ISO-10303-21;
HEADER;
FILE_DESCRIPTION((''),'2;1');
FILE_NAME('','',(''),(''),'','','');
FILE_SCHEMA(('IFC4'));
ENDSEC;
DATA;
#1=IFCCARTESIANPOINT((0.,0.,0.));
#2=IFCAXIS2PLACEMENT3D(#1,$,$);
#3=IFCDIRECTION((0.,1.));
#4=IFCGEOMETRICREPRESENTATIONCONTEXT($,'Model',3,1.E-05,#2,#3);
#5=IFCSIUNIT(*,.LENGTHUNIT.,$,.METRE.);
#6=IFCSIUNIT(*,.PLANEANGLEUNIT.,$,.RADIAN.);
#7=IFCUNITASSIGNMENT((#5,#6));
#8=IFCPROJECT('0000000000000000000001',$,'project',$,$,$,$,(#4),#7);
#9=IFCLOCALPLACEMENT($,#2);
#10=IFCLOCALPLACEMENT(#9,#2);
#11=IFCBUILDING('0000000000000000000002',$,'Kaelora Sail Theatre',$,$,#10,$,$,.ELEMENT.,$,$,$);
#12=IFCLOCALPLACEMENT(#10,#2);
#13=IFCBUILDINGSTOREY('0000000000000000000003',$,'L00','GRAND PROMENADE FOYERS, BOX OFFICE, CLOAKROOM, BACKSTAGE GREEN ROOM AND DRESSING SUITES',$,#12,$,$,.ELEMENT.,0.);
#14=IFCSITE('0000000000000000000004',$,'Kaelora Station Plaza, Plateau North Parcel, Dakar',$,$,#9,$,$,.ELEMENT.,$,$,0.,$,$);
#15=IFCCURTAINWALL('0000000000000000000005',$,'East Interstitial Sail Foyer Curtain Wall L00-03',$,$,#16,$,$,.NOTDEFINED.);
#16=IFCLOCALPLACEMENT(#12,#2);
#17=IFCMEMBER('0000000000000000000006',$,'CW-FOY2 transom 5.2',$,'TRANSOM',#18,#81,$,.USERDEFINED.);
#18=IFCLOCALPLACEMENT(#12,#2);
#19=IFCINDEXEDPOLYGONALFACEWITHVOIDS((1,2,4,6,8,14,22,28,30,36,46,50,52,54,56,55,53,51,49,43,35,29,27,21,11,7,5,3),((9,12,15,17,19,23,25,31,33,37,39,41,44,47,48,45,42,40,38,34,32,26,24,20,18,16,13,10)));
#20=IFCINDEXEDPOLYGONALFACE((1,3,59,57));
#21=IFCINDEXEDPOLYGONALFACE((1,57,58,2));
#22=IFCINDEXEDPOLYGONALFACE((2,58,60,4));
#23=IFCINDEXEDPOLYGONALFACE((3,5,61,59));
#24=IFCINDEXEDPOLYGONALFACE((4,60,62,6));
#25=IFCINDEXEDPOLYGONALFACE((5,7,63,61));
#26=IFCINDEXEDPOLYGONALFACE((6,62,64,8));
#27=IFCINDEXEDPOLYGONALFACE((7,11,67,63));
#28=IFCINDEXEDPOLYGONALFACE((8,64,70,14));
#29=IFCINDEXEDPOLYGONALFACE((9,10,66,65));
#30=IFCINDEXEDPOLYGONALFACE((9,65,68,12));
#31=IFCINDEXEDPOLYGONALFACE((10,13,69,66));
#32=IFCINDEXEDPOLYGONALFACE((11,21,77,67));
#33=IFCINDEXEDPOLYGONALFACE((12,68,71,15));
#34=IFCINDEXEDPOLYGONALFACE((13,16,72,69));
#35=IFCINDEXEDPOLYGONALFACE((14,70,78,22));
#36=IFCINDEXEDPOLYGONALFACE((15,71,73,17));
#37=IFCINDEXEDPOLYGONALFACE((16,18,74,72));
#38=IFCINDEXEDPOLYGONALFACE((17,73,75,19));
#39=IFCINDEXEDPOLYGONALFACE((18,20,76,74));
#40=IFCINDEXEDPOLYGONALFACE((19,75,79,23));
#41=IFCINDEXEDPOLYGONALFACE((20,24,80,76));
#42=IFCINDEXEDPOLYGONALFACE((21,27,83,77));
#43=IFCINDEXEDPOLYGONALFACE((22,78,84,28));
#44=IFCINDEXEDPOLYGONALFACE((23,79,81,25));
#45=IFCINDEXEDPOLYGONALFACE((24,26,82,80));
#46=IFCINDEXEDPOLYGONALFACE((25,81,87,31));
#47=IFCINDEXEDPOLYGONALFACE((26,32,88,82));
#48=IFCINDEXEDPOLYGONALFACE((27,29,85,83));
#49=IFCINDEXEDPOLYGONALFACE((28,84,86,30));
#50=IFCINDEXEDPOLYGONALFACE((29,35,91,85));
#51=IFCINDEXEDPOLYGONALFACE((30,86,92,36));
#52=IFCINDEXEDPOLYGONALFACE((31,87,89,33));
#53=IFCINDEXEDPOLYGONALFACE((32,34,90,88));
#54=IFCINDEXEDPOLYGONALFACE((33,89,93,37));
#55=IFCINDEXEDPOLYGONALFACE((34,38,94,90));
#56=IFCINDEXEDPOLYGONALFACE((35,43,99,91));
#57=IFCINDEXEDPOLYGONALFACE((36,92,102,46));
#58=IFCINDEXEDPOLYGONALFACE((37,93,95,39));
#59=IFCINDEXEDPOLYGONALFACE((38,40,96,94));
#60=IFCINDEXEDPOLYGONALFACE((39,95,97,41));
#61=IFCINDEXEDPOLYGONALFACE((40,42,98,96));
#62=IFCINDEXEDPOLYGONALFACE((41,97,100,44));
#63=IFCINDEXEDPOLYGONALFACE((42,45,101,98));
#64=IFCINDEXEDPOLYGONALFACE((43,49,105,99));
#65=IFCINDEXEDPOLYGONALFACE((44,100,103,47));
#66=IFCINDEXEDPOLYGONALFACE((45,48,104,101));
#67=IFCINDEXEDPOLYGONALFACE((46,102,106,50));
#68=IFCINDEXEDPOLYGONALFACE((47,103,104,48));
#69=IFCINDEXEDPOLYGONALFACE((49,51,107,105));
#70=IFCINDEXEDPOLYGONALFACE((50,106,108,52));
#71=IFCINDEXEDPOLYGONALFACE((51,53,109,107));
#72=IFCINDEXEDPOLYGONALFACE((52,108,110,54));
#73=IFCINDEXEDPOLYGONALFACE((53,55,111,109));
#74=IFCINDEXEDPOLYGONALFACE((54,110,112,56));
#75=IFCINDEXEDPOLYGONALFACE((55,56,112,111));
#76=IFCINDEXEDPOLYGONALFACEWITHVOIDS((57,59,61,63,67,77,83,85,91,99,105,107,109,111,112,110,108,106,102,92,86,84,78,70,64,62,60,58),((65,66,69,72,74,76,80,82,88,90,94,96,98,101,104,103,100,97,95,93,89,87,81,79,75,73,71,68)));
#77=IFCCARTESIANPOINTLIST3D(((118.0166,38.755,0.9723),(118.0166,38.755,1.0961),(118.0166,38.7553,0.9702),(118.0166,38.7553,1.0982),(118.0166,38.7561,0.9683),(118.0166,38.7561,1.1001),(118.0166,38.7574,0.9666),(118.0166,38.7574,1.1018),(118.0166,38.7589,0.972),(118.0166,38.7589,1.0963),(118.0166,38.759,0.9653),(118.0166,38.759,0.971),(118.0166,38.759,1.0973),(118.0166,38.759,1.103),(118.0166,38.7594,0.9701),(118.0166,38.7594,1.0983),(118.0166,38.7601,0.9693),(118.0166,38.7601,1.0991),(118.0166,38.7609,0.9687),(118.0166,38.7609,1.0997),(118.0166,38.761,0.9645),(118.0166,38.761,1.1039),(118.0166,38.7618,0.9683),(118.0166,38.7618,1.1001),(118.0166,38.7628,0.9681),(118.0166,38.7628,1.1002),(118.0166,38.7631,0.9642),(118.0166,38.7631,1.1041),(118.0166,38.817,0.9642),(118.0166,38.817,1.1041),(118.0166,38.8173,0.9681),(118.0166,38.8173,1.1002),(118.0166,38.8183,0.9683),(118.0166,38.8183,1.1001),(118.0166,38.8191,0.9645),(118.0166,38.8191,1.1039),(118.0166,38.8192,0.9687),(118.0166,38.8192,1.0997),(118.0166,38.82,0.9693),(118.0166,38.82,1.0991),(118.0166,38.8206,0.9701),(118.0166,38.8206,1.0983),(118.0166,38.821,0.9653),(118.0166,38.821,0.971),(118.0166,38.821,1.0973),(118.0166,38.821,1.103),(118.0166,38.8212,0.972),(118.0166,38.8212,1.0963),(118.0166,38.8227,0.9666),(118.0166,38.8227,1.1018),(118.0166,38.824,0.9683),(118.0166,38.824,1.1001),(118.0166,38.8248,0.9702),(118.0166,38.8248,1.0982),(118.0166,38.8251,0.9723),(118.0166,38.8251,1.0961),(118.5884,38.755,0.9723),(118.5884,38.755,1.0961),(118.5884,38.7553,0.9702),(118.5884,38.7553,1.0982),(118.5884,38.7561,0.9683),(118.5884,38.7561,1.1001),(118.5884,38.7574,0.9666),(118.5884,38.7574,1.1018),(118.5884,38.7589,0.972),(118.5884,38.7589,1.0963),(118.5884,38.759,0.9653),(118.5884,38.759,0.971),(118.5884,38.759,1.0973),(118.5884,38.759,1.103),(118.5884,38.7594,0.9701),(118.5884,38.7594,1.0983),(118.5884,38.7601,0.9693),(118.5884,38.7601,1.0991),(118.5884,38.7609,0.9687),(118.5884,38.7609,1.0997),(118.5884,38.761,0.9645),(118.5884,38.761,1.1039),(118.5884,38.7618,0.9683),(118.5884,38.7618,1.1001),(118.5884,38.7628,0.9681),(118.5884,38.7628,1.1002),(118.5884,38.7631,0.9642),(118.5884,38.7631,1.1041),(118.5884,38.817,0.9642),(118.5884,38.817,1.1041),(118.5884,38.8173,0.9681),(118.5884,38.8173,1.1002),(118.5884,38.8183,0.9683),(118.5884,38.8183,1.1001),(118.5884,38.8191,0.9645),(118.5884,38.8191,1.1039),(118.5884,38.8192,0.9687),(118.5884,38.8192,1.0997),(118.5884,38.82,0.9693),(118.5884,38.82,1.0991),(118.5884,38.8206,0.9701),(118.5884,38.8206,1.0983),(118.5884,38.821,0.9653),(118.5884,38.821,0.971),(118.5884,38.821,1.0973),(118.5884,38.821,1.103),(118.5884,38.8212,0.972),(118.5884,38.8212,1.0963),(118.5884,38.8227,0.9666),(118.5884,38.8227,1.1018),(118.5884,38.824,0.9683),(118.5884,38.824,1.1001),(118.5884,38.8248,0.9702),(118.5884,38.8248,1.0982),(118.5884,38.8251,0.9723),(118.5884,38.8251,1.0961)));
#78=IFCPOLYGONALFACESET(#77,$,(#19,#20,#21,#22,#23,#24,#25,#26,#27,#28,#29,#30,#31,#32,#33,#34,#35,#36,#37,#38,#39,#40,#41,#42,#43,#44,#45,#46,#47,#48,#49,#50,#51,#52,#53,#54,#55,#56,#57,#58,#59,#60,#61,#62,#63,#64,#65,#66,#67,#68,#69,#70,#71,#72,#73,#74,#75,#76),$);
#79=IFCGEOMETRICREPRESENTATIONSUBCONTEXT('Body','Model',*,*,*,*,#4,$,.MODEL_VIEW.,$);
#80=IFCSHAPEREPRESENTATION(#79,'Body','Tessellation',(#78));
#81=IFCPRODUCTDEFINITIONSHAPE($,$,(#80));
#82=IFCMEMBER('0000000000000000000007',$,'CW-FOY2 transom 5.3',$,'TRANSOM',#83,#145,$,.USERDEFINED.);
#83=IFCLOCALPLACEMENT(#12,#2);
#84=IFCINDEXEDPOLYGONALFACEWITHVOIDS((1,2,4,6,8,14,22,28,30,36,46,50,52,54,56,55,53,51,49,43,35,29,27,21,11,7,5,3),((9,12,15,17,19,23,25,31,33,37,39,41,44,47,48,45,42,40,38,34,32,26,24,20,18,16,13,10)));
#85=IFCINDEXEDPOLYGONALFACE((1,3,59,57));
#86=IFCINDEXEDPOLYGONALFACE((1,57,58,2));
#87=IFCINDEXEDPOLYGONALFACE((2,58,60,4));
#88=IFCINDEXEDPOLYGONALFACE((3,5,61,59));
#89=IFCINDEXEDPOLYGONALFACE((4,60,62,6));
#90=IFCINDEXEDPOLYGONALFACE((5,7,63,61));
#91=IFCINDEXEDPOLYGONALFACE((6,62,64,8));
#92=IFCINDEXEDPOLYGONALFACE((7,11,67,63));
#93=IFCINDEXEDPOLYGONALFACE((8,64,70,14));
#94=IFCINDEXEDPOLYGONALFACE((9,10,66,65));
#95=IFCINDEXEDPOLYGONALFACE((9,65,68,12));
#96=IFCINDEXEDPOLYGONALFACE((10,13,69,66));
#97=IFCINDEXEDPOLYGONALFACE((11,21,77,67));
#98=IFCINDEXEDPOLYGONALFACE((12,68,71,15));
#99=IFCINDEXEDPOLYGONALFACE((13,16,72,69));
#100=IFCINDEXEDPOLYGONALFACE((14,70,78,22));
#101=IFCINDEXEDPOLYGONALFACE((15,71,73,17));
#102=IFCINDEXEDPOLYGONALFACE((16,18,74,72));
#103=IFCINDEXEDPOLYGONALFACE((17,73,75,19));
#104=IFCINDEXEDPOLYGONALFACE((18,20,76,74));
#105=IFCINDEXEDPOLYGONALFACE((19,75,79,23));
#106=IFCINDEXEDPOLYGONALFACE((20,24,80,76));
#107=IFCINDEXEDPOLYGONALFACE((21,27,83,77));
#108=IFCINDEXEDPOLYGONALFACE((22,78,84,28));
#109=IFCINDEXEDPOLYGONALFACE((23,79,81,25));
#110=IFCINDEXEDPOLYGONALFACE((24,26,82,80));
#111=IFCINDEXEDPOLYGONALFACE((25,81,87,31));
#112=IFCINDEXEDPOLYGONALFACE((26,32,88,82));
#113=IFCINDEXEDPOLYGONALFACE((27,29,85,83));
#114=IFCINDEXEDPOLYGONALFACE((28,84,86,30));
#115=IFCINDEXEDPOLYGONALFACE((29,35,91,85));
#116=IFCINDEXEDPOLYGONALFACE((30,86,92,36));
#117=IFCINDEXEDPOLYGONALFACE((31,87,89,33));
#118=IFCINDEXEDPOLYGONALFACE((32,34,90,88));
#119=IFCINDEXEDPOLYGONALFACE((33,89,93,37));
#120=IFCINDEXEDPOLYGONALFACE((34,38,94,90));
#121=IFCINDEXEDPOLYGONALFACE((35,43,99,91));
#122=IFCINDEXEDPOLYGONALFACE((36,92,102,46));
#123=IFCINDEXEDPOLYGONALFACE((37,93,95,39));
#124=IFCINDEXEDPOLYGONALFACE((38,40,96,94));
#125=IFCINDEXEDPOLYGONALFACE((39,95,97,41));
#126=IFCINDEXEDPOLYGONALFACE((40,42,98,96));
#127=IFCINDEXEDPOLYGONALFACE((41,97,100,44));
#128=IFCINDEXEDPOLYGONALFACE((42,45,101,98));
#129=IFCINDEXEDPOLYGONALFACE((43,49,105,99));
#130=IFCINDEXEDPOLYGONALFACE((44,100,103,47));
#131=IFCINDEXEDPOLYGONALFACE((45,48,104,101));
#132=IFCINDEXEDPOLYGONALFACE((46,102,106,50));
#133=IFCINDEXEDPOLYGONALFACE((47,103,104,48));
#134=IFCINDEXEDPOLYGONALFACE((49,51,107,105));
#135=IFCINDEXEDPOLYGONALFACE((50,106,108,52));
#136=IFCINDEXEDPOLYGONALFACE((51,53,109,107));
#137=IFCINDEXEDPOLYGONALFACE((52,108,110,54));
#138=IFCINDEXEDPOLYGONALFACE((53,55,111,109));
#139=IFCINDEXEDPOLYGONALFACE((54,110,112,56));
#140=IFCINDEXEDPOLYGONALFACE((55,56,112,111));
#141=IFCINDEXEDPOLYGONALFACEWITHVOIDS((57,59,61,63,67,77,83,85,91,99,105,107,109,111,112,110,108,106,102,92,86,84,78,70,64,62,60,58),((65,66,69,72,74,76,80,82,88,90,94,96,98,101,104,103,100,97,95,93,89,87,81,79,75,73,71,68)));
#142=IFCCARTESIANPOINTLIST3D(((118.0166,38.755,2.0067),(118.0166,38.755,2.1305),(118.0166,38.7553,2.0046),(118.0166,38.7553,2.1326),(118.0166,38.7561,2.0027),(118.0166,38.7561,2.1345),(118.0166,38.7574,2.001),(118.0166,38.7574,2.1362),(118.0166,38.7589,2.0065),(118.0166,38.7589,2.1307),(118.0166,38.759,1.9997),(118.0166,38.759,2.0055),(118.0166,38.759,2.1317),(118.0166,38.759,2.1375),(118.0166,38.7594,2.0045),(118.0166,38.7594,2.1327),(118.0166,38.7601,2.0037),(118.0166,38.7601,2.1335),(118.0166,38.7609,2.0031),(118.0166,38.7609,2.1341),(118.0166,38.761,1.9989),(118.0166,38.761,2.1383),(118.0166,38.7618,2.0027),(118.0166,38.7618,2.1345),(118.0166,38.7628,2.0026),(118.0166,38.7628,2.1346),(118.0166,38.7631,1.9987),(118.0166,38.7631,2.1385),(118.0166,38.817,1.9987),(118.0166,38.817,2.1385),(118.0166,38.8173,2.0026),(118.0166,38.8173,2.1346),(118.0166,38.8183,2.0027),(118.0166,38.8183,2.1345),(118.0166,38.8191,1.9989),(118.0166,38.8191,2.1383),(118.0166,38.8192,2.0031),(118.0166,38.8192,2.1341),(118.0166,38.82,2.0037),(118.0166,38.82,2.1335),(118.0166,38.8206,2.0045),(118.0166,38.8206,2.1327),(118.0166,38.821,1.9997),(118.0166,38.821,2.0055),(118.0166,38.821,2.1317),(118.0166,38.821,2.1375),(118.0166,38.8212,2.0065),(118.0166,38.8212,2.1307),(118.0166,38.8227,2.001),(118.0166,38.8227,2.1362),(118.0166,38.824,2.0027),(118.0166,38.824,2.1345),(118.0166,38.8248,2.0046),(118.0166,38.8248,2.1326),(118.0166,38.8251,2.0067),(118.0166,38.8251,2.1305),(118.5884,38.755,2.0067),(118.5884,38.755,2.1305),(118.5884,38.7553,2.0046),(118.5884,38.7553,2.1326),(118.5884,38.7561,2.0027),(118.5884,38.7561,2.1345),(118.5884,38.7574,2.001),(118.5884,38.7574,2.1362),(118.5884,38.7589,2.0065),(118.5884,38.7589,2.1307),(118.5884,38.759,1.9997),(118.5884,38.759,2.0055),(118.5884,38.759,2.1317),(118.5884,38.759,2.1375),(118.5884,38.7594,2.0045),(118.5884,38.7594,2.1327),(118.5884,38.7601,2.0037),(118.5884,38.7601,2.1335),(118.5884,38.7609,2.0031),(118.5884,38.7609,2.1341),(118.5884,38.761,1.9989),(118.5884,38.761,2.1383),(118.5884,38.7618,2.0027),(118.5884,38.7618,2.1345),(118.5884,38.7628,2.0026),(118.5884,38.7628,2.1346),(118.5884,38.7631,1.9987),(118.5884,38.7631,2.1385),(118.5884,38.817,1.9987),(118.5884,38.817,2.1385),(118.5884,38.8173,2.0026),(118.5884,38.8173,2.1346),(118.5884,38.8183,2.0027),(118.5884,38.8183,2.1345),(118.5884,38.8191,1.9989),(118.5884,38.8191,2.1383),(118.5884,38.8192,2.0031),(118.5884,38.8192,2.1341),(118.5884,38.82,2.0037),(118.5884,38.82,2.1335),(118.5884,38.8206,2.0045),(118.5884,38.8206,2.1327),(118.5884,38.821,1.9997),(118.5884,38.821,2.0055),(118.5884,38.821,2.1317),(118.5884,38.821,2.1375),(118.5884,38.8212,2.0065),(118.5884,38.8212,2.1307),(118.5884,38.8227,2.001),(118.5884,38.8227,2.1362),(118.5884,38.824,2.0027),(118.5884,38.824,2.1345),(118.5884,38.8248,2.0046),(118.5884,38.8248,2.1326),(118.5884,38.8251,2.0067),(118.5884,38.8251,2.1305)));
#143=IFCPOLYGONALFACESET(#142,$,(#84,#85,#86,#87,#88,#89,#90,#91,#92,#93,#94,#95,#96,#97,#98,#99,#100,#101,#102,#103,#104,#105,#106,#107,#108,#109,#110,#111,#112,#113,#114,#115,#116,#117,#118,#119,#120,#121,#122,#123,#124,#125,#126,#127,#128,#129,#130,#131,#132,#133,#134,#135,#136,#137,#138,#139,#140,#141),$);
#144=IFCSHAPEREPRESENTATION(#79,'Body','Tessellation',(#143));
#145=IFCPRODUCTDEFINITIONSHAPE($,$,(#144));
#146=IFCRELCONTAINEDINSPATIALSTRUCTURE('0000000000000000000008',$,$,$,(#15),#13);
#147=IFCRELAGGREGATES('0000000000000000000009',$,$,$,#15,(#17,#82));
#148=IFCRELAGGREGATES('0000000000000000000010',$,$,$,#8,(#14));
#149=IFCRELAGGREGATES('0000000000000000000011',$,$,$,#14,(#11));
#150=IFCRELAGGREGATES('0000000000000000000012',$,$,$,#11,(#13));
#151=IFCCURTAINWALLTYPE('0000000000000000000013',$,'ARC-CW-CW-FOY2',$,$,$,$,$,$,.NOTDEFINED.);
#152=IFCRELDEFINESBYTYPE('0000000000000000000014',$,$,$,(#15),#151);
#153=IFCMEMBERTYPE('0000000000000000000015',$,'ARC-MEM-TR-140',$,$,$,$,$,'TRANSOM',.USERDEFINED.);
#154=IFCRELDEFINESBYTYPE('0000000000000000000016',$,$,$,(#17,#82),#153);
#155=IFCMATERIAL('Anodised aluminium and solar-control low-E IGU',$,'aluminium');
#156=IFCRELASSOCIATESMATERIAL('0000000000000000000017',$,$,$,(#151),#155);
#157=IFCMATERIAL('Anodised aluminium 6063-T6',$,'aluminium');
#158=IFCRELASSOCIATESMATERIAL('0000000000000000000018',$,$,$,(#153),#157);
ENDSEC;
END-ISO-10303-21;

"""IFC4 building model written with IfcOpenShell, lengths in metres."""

from ifc_helpers import new_model, si_unit, direction, frame, origin, origin_2d, place, context, subcontext, project, spatial, hollow_rectangle, extrude, material, material_profile, profile_set, type_object, element, aggregate, save


model = new_model("IFC4")

# Units and contexts
model_context = context("Model", 3, precision=1e-05, world=origin(), true_north=direction((0.0, 1.0)))
body_context = subcontext(model_context, "Body", "Model", "MODEL_VIEW")
ifc_project = project(units=[si_unit("LENGTHUNIT", "METRE"), si_unit("PLANEANGLEUNIT", "RADIAN")], contexts=[model_context])

# Site, building, storey
site_placement = place(None, origin())
site = spatial("IfcSite", under=ifc_project, at=site_placement, Name="Kaelora Station Plaza, Plateau North Parcel, Dakar", CompositionType="ELEMENT", RefElevation=0.0)
building_placement = place(site_placement, origin())
building = spatial("IfcBuilding", under=site, at=building_placement, Name="Kaelora Sail Theatre", CompositionType="ELEMENT")
storey_placement = place(building_placement, origin())
storey = spatial("IfcBuildingStorey", under=building, at=storey_placement, Name="L00", Description="GRAND PROMENADE FOYERS, BOX OFFICE, CLOAKROOM, BACKSTAGE GREEN ROOM AND DRESSING SUITES", CompositionType="ELEMENT", Elevation=0.0)

# Curtain wall, members
ifc_material_1 = material(Name="Anodised aluminium and solar-control low-E IGU", Category="aluminium")
curtain_wall_type = type_object("IfcCurtainWallType", Name="ARC-CW-CW-FOY2", PredefinedType="NOTDEFINED", material=ifc_material_1)
curtain_wall_placement = place(storey_placement, origin())
curtain_wall = element("IfcCurtainWall", 1, at=curtain_wall_placement, inside=storey, type_object=curtain_wall_type, Name="East Interstitial Sail Foyer Curtain Wall L00-03", PredefinedType="NOTDEFINED")
ifc_material_2 = material(Name="Anodised aluminium 6063-T6", Category="aluminium")
ifc_material_profile_1 = material_profile(ifc_material_2, hollow_rectangle(XDim=0.0701, YDim=0.1399, WallThickness=0.0039, InnerFilletRadius=0.0039, OuterFilletRadius=0.0081, at=origin_2d()), Name="ALU-TRAN 70x140x4")
ifc_profile_set_1 = profile_set([ifc_material_profile_1], Name="Anodised aluminium 6063-T6")
member_type_1 = type_object("IfcMemberType", Name="ARC-MEM-TR-140", ElementType="TRANSOM", PredefinedType="USERDEFINED", material=ifc_profile_set_1)
member_1_placement = place(storey_placement, frame((118.0166, 38.79, 1.0342), z_axis=(1.0, 0.0, 0.0), x_axis=(0.0, 1.0, 0.0)))
member_1 = element("IfcMember", 2, at=member_1_placement, type_object=member_type_1, Name="CW-FOY2 transom 5.2", ObjectType="TRANSOM", PredefinedType="USERDEFINED", context=body_context, shape_type="SweptSolid", body=[
    extrude(hollow_rectangle(XDim=0.0701, YDim=0.1399, WallThickness=0.0039, InnerFilletRadius=0.0039, OuterFilletRadius=0.0081, at=origin_2d()), origin(), (0.0, 0.0, 1.0), 0.5718),
])
member_2_placement = place(storey_placement, frame((118.0166, 38.79, 2.0686), z_axis=(1.0, 0.0, 0.0), x_axis=(0.0, 1.0, 0.0)))
member_2 = element("IfcMember", 3, at=member_2_placement, type_object=member_type_1, Name="CW-FOY2 transom 5.3", ObjectType="TRANSOM", PredefinedType="USERDEFINED", context=body_context, shape_type="SweptSolid", body=[
    extrude(hollow_rectangle(XDim=0.0701, YDim=0.1399, WallThickness=0.0039, InnerFilletRadius=0.0039, OuterFilletRadius=0.0081, at=origin_2d()), origin(), (0.0, 0.0, 1.0), 0.5718),
])
aggregate(curtain_wall, [member_1, member_2])

save(model, "model.ifc")
